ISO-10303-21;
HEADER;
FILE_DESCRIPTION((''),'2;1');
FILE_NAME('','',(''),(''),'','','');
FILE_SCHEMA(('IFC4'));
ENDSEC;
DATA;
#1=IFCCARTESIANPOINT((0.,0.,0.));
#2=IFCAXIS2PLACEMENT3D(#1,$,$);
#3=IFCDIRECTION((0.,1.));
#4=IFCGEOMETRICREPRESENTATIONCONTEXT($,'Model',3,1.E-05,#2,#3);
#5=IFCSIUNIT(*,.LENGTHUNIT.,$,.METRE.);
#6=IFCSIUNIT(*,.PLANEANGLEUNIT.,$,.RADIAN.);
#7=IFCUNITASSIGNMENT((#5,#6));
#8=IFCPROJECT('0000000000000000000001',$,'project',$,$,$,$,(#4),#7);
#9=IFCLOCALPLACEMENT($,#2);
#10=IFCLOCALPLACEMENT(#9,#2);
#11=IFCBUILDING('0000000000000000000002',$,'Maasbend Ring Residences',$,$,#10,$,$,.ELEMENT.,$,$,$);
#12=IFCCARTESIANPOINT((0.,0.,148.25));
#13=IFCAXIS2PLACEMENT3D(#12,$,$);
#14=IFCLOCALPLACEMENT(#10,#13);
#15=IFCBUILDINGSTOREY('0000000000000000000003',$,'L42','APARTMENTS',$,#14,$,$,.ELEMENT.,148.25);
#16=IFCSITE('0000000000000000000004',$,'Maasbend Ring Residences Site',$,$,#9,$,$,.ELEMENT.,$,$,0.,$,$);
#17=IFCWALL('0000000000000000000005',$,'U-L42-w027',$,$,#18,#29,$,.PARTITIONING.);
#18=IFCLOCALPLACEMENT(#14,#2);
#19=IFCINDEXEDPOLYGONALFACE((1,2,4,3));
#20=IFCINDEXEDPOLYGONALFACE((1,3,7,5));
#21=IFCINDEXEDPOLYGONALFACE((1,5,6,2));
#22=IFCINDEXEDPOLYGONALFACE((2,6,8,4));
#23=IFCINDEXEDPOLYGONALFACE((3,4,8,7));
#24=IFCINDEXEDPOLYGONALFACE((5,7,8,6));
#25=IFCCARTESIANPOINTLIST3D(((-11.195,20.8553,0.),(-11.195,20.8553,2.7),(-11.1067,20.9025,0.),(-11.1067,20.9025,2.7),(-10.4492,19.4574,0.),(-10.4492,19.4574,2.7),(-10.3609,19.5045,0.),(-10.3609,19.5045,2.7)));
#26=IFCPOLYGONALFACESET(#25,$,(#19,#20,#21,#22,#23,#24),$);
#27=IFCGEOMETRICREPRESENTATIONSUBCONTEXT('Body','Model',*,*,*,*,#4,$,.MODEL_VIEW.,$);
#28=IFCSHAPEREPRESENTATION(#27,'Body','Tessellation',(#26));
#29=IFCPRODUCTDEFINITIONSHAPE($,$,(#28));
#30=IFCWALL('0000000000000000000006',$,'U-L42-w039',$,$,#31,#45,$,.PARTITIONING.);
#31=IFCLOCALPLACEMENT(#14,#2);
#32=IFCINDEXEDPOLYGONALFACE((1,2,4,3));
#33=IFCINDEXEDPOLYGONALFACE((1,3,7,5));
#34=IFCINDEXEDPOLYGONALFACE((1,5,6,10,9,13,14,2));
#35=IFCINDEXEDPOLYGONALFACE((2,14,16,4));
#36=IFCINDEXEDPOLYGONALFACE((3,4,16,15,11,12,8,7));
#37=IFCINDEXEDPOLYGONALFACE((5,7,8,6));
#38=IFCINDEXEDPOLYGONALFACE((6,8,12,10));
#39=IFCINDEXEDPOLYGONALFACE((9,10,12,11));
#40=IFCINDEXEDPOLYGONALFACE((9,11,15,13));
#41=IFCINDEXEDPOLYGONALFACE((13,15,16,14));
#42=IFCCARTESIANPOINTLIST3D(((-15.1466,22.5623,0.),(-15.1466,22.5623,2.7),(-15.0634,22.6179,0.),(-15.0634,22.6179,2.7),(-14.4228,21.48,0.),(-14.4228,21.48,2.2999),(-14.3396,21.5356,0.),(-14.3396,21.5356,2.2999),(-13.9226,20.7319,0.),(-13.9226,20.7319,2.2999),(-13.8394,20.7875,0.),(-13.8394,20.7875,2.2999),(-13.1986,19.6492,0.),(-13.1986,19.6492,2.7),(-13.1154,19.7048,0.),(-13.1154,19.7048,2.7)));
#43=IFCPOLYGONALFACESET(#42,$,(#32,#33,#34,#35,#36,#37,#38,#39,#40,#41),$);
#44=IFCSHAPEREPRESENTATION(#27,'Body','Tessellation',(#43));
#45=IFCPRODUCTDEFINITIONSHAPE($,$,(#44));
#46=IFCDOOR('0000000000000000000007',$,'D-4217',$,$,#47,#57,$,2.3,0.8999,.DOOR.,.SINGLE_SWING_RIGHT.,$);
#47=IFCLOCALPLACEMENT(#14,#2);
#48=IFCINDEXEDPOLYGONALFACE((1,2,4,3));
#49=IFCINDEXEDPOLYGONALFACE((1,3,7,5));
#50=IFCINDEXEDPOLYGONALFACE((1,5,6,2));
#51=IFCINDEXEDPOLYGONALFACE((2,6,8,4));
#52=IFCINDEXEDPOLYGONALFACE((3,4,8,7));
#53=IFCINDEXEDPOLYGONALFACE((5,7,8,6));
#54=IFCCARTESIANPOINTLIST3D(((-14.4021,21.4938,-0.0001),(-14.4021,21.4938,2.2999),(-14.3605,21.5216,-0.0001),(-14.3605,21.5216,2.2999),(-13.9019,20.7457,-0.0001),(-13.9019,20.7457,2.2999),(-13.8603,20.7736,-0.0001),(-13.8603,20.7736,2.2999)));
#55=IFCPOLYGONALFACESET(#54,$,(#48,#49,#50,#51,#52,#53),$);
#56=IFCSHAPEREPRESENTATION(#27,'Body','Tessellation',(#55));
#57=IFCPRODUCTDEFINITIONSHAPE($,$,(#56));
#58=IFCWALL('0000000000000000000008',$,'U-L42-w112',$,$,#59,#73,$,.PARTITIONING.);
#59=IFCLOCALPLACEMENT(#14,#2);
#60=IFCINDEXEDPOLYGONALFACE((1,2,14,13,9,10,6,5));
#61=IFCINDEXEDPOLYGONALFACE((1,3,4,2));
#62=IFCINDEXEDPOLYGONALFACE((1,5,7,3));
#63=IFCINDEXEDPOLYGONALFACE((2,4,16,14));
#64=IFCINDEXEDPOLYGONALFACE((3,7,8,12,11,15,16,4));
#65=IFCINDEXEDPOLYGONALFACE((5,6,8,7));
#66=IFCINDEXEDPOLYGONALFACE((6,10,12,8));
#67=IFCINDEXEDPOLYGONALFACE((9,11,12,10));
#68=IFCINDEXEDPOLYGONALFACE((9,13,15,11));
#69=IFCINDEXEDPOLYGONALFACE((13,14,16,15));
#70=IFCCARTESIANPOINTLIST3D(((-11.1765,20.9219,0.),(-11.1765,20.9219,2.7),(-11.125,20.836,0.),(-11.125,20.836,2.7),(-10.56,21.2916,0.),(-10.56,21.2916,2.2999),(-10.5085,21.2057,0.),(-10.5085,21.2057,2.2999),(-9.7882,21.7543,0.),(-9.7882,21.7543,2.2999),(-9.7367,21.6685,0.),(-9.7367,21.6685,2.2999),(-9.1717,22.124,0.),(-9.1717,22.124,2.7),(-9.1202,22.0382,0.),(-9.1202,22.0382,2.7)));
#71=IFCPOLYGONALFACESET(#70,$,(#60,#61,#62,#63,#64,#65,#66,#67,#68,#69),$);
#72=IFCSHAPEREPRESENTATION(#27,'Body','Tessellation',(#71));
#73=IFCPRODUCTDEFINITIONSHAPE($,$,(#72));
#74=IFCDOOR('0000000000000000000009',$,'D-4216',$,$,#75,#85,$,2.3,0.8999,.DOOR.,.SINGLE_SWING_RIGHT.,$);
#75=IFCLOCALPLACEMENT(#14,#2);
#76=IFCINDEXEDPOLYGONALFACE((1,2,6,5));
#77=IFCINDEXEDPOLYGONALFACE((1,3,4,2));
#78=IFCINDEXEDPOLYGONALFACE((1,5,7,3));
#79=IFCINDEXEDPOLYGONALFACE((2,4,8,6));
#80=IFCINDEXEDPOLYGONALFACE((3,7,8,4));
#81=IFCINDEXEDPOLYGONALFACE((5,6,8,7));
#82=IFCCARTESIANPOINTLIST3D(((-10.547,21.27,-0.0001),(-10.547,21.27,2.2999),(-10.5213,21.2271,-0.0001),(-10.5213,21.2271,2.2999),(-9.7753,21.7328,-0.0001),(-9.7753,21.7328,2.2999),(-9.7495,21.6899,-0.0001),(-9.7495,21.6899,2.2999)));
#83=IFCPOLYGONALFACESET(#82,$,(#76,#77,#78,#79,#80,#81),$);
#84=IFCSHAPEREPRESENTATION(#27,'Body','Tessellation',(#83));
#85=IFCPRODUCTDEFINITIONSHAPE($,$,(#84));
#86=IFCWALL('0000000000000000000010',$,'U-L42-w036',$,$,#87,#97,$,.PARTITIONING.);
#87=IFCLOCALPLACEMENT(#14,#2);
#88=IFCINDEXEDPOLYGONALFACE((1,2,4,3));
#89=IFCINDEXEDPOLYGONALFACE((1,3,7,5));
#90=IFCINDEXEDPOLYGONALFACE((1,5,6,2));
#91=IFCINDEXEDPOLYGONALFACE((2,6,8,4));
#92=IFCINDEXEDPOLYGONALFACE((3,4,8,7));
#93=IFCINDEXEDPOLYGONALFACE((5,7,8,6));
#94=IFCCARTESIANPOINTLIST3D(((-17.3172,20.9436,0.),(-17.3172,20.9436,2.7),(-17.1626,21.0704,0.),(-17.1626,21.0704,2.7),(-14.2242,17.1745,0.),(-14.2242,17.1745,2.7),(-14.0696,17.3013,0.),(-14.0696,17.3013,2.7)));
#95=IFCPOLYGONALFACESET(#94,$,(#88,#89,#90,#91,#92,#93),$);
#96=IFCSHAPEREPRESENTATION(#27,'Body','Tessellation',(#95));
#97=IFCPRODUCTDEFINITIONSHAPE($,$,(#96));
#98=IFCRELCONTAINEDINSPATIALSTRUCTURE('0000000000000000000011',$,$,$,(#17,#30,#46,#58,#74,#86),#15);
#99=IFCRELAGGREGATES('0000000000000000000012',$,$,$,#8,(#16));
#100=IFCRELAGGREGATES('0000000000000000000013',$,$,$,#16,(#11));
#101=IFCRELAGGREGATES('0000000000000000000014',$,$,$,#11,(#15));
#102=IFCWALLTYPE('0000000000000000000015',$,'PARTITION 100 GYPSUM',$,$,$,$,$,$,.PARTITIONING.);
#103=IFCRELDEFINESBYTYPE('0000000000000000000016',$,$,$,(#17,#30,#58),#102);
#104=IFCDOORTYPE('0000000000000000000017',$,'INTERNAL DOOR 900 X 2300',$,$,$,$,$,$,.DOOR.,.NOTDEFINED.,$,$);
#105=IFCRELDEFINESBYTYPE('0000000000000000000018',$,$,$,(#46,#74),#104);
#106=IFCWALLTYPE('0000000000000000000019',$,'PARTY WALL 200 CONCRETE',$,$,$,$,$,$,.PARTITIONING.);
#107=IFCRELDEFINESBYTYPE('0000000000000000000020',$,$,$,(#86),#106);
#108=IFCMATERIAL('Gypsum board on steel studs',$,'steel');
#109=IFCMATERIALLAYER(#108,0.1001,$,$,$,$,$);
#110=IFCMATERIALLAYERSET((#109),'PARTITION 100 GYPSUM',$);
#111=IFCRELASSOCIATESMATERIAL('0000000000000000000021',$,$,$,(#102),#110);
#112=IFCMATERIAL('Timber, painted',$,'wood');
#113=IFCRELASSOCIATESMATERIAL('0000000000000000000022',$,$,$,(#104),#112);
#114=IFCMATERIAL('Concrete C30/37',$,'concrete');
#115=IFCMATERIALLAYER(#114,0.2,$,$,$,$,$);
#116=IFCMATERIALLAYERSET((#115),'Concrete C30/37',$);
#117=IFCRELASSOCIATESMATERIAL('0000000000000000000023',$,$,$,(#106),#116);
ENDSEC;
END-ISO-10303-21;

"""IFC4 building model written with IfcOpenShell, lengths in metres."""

from ifc_helpers import new_model, si_unit, direction, frame, frame_2d, origin, place, context, subcontext, project, spatial, rectangle, extrude, material, layer, layer_set, type_object, element, fill, save


model = new_model("IFC4")

# Units and contexts
model_context = context("Model", 3, precision=1e-05, world=origin(), true_north=direction((0.0, 1.0)))
body_context = subcontext(model_context, "Body", "Model", "MODEL_VIEW")
ifc_project = project(units=[si_unit("LENGTHUNIT", "METRE"), si_unit("PLANEANGLEUNIT", "RADIAN")], contexts=[model_context])

# Site, building, storey
site_placement = place(None, origin())
site = spatial("IfcSite", under=ifc_project, at=site_placement, Name="Maasbend Ring Residences Site", CompositionType="ELEMENT", RefElevation=0.0)
building_placement = place(site_placement, origin())
building = spatial("IfcBuilding", under=site, at=building_placement, Name="Maasbend Ring Residences", CompositionType="ELEMENT")
storey_placement = place(building_placement, frame((0.0, 0.0, 148.25)))
storey = spatial("IfcBuildingStorey", under=building, at=storey_placement, Name="L42", Description="APARTMENTS", CompositionType="ELEMENT", Elevation=148.25)

# Wall
ifc_material_1 = material(Name="Gypsum board on steel studs", Category="steel")
ifc_layer_1 = layer(ifc_material_1, 0.1001)
ifc_layer_set_1 = layer_set([ifc_layer_1], Name="PARTITION 100 GYPSUM")
wall_type_1 = type_object("IfcWallType", Name="PARTITION 100 GYPSUM", PredefinedType="PARTITIONING", material=ifc_layer_set_1)
wall_1_placement = place(storey_placement, frame((-11.1509, 20.8789, 0.0), z_axis=(0.0, 0.0, 1.0), x_axis=(0.470724, -0.88228, 0.0)))
element("IfcWall", 1, at=wall_1_placement, inside=storey, type_object=wall_type_1, Name="U-L42-w027", PredefinedType="PARTITIONING", context=body_context, shape_type="SweptSolid", body=[
    extrude(rectangle(XDim=1.5845, YDim=0.1001, at=frame_2d((0.7922, 0.0))), origin(), (0.0, 0.0, 1.0), 2.7),
])

# Walls, openings, doors
wall_2_placement = place(storey_placement, frame((-15.105, 22.5901, 0.0), z_axis=(0.0, 0.0, 1.0), x_axis=(0.555873, -0.831267, 0.0)))
wall_2 = element("IfcWall", 2, at=wall_2_placement, inside=storey, type_object=wall_type_1, Name="U-L42-w039", PredefinedType="PARTITIONING", context=body_context, shape_type="SweptSolid", body=[
    extrude(rectangle(XDim=3.5044, YDim=0.1001, at=frame_2d((1.7522, 0.0))), origin(), (0.0, 0.0, 1.0), 2.7),
])
opening_1_placement = place(wall_2_placement, frame((1.302, 0.0, 0.0)))
opening_1 = element("IfcOpeningElement", 3, at=opening_1_placement, cuts=wall_2, PredefinedType="OPENING", context=body_context, shape_type="SweptSolid", body=[
    extrude(rectangle(XDim=0.8999, YDim=2.3, at=frame_2d((0.45, 1.1499))), frame((0.0, 0.0601, 0.0), z_axis=(0.0, -1.0, 0.0), x_axis=(1.0, 0.0, 0.0)), (0.0, 0.0, 1.0), 0.1201),
])
ifc_material_2 = material(Name="Timber, painted", Category="wood")
door_type_1 = type_object("IfcDoorType", Name="INTERNAL DOOR 900 X 2300", OperationType="NOTDEFINED", PredefinedType="DOOR", material=ifc_material_2)
door_1_placement = place(opening_1_placement, origin())
door_1 = element("IfcDoor", 4, at=door_1_placement, inside=storey, type_object=door_type_1, Name="D-4217", OperationType="SINGLE_SWING_RIGHT", OverallHeight=2.3, OverallWidth=0.8999, PredefinedType="DOOR", context=body_context, shape_type="SweptSolid", body=[
    extrude(rectangle(XDim=0.8999, YDim=2.3, at=frame_2d((0.45, 1.1499))), frame((0.0, 0.0249, 0.0), z_axis=(0.0, -1.0, 0.0), x_axis=(1.0, 0.0, 0.0)), (0.0, 0.0, 1.0), 0.05),
])
fill(opening_1, door_1)
wall_3_placement = place(storey_placement, frame((-11.1509, 20.8789, 0.0), z_axis=(0.0, 0.0, 1.0), x_axis=(0.85764, 0.51425, 0.0)))
wall_3 = element("IfcWall", 5, at=wall_3_placement, inside=storey, type_object=wall_type_1, Name="U-L42-w112", PredefinedType="PARTITIONING", context=body_context, shape_type="SweptSolid", body=[
    extrude(rectangle(XDim=2.3376, YDim=0.1001, at=frame_2d((1.1689, 0.0))), origin(), (0.0, 0.0, 1.0), 2.7),
])
opening_2_placement = place(wall_3_placement, frame((0.719, 0.0, 0.0)))
opening_2 = element("IfcOpeningElement", 6, at=opening_2_placement, cuts=wall_3, PredefinedType="OPENING", context=body_context, shape_type="SweptSolid", body=[
    extrude(rectangle(XDim=0.8999, YDim=2.3, at=frame_2d((0.45, 1.1499))), frame((0.0, 0.0601, 0.0), z_axis=(0.0, -1.0, 0.0), x_axis=(1.0, 0.0, 0.0)), (0.0, 0.0, 1.0), 0.1201),
])
door_2_placement = place(opening_2_placement, origin())
door_2 = element("IfcDoor", 7, at=door_2_placement, inside=storey, type_object=door_type_1, Name="D-4216", OperationType="SINGLE_SWING_RIGHT", OverallHeight=2.3, OverallWidth=0.8999, PredefinedType="DOOR", context=body_context, shape_type="SweptSolid", body=[
    extrude(rectangle(XDim=0.8999, YDim=2.3, at=frame_2d((0.45, 1.1499))), frame((0.0, 0.0249, 0.0), z_axis=(0.0, -1.0, 0.0), x_axis=(1.0, 0.0, 0.0)), (0.0, 0.0, 1.0), 0.05),
])
fill(opening_2, door_2)

# Wall
ifc_material_3 = material(Name="Concrete C30/37", Category="concrete")
ifc_layer_2 = layer(ifc_material_3, 0.2)
ifc_layer_set_2 = layer_set([ifc_layer_2], Name="Concrete C30/37")
wall_type_2 = type_object("IfcWallType", Name="PARTY WALL 200 CONCRETE", PredefinedType="PARTITIONING", material=ifc_layer_set_2)
wall_4_placement = place(storey_placement, frame((-17.24, 21.0071, 0.0), z_axis=(0.0, 0.0, 1.0), x_axis=(0.634374, -0.773026, 0.0)))
element("IfcWall", 8, at=wall_4_placement, inside=storey, type_object=wall_type_2, Name="U-L42-w036", PredefinedType="PARTITIONING", context=body_context, shape_type="SweptSolid", body=[
    extrude(rectangle(XDim=4.8757, YDim=0.2, at=frame_2d((2.438, 0.0))), origin(), (0.0, 0.0, 1.0), 2.7),
])

save(model, "model.ifc")
